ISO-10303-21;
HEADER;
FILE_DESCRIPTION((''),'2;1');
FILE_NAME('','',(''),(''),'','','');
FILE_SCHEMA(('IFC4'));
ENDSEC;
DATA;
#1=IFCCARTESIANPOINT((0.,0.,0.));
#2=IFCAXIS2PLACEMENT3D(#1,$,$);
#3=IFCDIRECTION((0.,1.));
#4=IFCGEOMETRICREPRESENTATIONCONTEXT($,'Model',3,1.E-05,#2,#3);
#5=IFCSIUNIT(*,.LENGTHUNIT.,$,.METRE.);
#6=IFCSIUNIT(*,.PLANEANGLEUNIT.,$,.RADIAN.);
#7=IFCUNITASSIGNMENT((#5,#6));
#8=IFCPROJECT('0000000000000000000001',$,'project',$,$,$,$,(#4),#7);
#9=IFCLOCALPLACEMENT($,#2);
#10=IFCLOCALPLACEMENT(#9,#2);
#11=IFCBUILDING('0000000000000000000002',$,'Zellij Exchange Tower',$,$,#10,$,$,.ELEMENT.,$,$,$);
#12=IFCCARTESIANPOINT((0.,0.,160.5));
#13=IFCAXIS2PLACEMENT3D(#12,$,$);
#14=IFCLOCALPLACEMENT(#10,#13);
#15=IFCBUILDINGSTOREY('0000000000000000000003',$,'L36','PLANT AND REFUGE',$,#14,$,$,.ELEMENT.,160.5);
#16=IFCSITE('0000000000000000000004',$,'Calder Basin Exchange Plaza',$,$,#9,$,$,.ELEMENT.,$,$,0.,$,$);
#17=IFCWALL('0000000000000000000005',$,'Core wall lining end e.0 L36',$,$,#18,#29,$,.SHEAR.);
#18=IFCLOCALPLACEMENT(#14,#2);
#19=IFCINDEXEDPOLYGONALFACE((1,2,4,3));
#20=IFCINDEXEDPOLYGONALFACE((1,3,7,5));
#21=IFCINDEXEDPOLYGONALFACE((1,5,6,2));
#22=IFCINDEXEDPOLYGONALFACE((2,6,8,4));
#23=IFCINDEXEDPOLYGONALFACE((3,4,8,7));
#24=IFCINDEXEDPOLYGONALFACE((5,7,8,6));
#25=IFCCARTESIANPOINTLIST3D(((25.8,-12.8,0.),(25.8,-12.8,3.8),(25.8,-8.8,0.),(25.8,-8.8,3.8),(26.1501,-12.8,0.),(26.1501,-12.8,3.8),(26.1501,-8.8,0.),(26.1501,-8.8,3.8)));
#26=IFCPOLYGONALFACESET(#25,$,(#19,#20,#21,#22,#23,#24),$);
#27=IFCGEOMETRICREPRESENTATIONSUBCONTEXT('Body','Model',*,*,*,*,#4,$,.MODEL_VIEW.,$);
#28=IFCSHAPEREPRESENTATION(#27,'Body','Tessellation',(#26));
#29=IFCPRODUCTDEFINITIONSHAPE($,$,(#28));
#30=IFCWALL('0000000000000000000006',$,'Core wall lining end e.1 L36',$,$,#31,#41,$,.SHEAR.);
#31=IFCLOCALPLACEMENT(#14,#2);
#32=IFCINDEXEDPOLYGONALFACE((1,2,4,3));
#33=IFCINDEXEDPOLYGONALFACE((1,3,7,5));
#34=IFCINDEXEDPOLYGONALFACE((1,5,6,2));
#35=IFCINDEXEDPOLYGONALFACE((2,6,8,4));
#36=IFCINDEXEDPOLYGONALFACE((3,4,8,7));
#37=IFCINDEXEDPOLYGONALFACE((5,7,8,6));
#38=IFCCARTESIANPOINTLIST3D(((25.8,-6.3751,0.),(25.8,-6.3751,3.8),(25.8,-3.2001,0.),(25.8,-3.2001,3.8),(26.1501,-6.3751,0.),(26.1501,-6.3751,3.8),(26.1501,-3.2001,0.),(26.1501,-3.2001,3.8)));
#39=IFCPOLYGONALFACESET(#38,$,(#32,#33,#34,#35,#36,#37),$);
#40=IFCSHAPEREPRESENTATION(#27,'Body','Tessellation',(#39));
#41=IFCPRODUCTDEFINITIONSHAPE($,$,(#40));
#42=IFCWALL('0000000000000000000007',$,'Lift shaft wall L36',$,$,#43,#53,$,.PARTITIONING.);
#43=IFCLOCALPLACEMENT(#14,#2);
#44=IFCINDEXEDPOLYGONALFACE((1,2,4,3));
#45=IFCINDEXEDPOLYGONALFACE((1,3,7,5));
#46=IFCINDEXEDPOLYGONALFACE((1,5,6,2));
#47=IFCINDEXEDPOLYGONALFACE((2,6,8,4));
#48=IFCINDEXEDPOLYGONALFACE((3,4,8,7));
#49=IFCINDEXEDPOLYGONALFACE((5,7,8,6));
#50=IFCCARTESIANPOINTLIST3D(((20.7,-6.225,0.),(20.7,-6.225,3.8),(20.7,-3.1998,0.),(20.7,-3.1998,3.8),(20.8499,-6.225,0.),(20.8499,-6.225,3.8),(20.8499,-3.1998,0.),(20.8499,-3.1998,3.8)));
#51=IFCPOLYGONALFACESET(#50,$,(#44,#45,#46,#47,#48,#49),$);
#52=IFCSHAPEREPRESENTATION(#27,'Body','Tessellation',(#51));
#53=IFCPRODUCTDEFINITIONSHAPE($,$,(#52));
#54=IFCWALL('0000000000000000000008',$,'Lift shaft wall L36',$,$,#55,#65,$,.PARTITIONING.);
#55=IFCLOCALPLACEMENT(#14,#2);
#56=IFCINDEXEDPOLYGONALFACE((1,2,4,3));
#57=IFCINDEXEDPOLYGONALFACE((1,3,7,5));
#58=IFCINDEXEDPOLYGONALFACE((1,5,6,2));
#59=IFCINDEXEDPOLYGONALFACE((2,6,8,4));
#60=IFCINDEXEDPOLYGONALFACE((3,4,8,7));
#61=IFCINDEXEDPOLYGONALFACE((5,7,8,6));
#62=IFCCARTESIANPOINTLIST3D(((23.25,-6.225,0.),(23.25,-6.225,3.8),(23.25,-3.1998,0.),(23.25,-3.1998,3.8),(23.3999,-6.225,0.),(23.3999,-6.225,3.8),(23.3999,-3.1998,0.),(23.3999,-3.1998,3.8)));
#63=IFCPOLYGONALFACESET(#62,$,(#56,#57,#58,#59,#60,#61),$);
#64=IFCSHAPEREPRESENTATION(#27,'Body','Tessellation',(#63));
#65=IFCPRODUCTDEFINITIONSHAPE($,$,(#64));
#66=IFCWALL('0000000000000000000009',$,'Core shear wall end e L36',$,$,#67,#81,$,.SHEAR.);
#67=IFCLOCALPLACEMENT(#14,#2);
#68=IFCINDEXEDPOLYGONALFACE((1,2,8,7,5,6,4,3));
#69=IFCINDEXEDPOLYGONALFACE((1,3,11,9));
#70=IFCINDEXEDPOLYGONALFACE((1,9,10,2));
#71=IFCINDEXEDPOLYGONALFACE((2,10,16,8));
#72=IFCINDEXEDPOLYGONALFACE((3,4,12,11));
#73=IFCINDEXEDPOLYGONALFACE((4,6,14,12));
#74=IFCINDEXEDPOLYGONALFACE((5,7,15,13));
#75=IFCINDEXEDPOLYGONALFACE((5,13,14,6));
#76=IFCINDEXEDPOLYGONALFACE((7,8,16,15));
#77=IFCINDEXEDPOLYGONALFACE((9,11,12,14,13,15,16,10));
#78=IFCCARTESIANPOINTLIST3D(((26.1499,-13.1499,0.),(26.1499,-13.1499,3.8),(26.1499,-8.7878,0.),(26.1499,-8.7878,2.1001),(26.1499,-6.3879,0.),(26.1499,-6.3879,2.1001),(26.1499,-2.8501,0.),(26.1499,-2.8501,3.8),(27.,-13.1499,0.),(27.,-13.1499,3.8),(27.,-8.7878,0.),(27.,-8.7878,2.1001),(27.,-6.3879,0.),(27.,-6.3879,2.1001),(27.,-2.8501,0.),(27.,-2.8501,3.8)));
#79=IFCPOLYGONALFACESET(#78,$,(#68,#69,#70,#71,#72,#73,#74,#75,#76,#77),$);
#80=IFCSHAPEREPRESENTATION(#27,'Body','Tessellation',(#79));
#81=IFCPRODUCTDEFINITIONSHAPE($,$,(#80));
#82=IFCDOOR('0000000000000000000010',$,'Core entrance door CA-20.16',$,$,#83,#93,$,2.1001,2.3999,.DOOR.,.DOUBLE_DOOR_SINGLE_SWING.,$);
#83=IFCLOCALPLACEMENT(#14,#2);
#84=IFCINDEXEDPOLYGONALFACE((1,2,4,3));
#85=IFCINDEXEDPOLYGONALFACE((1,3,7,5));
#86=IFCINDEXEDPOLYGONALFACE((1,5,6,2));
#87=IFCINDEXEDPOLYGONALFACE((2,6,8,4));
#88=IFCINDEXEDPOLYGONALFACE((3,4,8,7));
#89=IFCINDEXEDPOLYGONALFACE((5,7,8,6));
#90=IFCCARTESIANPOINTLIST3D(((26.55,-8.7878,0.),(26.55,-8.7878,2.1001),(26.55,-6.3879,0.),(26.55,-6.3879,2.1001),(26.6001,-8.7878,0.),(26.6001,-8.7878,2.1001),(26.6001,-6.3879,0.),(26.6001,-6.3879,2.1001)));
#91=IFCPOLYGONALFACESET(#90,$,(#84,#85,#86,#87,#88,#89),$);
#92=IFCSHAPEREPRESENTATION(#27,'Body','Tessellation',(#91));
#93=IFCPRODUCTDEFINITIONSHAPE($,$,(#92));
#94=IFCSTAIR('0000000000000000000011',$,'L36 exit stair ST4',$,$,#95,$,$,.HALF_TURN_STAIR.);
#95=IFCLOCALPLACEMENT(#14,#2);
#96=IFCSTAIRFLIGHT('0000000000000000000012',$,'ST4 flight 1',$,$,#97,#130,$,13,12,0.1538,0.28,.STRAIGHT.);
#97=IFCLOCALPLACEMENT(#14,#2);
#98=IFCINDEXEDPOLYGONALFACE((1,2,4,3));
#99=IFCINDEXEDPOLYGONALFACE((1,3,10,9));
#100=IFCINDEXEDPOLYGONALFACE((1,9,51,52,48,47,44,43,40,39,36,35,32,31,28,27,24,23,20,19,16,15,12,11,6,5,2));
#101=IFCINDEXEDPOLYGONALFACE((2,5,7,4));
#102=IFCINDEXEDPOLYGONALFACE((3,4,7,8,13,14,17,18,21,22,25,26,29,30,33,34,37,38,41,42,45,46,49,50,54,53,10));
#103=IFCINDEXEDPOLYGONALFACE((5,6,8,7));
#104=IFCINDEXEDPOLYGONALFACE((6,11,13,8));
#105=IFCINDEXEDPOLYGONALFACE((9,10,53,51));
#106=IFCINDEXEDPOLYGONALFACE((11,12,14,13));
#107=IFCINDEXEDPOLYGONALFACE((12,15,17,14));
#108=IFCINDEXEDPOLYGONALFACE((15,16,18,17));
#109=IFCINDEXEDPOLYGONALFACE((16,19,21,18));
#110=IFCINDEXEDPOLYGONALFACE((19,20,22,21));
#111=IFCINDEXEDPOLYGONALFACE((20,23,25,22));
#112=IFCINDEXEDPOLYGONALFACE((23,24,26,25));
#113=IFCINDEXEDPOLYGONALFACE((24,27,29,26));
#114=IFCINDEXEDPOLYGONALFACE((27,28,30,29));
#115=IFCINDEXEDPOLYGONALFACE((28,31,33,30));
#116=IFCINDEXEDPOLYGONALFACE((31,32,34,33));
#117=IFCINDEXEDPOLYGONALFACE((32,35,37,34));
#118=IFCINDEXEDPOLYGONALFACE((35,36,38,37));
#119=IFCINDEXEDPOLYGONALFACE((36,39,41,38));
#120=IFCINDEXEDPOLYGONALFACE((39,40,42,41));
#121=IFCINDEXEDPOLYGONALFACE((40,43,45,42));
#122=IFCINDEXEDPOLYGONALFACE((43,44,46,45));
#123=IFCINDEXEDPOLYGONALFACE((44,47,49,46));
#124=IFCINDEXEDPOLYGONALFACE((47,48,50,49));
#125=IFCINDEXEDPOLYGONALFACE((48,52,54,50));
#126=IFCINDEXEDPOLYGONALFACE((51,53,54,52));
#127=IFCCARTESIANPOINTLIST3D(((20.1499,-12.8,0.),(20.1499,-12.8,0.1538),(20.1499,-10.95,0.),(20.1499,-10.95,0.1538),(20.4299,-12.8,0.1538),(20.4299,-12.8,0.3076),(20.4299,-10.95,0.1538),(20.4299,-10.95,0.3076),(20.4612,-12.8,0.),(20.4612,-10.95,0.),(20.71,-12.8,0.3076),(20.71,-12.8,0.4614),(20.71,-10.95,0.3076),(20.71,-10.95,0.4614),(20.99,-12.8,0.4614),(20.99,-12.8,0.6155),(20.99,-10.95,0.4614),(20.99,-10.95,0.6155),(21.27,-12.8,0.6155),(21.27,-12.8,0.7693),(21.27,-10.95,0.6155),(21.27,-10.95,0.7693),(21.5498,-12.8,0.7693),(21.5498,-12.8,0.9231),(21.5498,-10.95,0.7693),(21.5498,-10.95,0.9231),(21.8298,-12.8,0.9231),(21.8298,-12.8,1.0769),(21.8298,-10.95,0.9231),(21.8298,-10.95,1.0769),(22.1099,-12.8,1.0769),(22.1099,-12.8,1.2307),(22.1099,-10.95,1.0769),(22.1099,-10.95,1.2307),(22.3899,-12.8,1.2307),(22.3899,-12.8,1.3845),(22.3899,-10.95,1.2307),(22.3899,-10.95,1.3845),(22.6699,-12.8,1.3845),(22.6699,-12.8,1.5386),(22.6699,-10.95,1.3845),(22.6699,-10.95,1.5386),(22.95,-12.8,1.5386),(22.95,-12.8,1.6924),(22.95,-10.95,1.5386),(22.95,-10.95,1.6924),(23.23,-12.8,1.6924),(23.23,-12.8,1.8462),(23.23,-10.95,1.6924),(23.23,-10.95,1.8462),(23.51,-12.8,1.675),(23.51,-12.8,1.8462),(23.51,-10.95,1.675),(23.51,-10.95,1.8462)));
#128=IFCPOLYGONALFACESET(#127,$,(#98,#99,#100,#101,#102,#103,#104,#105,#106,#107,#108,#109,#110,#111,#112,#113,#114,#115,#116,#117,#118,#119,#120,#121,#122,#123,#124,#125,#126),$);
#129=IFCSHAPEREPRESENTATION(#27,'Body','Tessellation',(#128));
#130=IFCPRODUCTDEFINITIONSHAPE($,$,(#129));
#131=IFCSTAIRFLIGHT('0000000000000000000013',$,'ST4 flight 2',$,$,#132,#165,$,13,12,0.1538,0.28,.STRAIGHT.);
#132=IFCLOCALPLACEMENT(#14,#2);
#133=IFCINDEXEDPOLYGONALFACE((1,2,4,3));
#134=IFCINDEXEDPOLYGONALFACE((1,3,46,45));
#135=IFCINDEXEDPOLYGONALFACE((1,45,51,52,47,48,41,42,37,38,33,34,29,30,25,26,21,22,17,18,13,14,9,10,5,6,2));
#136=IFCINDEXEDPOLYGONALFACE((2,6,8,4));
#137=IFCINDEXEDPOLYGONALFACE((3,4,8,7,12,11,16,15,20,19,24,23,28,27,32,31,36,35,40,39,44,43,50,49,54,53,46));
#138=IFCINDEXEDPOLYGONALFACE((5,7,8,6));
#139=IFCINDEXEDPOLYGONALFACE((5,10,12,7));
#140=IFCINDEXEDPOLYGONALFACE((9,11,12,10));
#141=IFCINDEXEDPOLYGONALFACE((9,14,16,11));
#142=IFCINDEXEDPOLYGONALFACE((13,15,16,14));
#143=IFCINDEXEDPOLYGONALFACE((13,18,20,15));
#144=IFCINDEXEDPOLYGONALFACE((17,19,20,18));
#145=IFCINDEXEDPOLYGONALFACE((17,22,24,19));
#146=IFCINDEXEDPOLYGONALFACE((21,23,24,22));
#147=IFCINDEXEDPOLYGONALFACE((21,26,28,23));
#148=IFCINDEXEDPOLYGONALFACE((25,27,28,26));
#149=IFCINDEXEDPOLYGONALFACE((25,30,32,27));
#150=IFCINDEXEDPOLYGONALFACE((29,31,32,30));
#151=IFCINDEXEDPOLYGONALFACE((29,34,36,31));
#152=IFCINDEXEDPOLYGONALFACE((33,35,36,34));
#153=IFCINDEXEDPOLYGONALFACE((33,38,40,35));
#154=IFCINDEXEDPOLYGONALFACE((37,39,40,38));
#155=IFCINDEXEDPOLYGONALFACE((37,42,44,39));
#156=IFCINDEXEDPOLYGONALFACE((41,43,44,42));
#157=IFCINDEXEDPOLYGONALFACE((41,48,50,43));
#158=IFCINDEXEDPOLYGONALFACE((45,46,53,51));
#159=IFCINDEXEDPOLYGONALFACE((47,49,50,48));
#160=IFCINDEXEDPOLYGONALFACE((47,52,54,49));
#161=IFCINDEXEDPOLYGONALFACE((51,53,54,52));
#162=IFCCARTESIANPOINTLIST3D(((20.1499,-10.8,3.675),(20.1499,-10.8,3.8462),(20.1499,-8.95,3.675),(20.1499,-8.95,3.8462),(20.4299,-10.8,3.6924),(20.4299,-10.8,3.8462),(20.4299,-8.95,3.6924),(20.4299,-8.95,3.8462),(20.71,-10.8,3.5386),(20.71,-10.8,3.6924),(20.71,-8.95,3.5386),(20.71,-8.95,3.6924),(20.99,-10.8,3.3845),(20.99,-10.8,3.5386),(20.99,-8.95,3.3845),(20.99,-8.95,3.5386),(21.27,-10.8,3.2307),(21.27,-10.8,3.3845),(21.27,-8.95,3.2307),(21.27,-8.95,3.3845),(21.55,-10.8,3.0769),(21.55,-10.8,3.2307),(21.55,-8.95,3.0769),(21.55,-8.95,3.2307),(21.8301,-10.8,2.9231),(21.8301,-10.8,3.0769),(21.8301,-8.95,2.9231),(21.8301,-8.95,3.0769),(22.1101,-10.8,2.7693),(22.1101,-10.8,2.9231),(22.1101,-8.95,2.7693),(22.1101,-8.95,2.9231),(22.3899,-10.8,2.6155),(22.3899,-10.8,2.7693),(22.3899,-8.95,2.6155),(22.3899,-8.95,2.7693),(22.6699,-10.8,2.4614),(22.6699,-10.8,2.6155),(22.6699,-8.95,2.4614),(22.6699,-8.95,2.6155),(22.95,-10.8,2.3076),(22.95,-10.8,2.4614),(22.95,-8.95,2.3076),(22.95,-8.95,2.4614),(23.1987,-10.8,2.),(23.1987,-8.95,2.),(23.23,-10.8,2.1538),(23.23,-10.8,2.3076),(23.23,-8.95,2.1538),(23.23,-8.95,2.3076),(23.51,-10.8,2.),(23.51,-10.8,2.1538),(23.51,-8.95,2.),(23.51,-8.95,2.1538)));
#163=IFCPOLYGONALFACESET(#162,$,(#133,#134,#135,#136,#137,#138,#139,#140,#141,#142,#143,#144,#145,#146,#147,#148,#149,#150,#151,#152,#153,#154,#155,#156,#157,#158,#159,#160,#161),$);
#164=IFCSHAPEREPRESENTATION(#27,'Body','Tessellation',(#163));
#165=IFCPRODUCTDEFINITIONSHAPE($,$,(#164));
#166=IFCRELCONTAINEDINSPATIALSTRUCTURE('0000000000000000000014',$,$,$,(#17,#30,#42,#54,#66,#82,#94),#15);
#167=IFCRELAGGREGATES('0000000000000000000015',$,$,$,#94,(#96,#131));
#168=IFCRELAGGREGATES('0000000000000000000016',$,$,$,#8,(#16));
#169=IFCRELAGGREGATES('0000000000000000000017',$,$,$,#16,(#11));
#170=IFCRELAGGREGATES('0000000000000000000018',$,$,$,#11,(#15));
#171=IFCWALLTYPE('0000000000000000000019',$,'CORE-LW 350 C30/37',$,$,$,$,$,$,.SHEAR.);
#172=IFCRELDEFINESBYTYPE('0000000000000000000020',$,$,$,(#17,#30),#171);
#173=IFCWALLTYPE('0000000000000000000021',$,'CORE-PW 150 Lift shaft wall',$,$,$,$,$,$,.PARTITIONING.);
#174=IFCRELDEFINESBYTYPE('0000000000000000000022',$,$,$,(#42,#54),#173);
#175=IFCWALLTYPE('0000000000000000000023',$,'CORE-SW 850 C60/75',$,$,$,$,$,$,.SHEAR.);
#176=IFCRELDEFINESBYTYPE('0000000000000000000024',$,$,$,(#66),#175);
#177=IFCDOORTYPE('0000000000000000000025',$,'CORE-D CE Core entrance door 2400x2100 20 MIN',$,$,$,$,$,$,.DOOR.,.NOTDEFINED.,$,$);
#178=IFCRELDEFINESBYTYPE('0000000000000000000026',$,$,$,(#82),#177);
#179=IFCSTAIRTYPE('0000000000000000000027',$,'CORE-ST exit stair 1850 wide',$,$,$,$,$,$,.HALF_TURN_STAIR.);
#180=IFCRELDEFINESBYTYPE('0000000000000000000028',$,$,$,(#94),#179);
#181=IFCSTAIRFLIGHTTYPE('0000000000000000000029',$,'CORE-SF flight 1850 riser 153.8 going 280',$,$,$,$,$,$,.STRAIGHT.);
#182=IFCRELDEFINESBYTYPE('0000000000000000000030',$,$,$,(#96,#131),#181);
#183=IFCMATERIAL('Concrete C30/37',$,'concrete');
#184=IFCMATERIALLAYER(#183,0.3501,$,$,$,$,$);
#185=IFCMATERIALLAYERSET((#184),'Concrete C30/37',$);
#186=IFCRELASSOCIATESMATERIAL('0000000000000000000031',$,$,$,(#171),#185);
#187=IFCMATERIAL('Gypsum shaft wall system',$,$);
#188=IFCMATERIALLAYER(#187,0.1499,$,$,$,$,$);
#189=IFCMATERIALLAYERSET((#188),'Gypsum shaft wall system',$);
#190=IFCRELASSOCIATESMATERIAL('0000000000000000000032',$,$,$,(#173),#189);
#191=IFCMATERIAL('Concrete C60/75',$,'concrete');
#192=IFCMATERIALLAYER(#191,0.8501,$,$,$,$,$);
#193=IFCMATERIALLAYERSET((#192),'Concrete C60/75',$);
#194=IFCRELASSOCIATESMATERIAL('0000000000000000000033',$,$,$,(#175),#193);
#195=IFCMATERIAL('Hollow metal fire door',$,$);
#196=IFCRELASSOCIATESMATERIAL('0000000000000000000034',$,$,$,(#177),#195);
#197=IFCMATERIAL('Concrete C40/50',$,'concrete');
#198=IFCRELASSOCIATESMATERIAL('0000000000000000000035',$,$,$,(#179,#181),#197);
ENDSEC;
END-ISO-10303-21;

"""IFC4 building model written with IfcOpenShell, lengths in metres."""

from ifc_helpers import new_model, si_unit, direction, frame, frame_2d, origin, place, context, subcontext, project, spatial, polyline, rectangle, outline, extrude, material, layer, layer_set, type_object, element, fill, aggregate, save


model = new_model("IFC4")

# Units and contexts
model_context = context("Model", 3, precision=1e-05, world=origin(), true_north=direction((0.0, 1.0)))
body_context = subcontext(model_context, "Body", "Model", "MODEL_VIEW")
ifc_project = project(units=[si_unit("LENGTHUNIT", "METRE"), si_unit("PLANEANGLEUNIT", "RADIAN")], contexts=[model_context])

# Site, building, storey
site_placement = place(None, origin())
site = spatial("IfcSite", under=ifc_project, at=site_placement, Name="Calder Basin Exchange Plaza", CompositionType="ELEMENT", RefElevation=0.0)
building_placement = place(site_placement, origin())
building = spatial("IfcBuilding", under=site, at=building_placement, Name="Zellij Exchange Tower", CompositionType="ELEMENT")
storey_placement = place(building_placement, frame((0.0, 0.0, 160.5)))
storey = spatial("IfcBuildingStorey", under=building, at=storey_placement, Name="L36", Description="PLANT AND REFUGE", CompositionType="ELEMENT", Elevation=160.5)

# Walls
ifc_material_1 = material(Name="Concrete C30/37", Category="concrete")
ifc_layer_1 = layer(ifc_material_1, 0.3501)
ifc_layer_set_1 = layer_set([ifc_layer_1], Name="Concrete C30/37")
wall_type_1 = type_object("IfcWallType", Name="CORE-LW 350 C30/37", PredefinedType="SHEAR", material=ifc_layer_set_1)
wall_1_placement = place(storey_placement, frame((25.9751, -12.8, 0.0), z_axis=(0.0, 0.0, 1.0), x_axis=(0.0, 1.0, 0.0)))
element("IfcWall", 1, at=wall_1_placement, inside=storey, type_object=wall_type_1, Name="Core wall lining end e.0 L36", PredefinedType="SHEAR", context=body_context, shape_type="SweptSolid", body=[
    extrude(rectangle(XDim=4.0, YDim=0.3501, at=frame_2d((2.0, 0.0))), origin(), (0.0, 0.0, 1.0), 3.8),
])
wall_2_placement = place(storey_placement, frame((25.9751, -6.375, 0.0), z_axis=(0.0, 0.0, 1.0), x_axis=(0.0, 1.0, 0.0)))
element("IfcWall", 2, at=wall_2_placement, inside=storey, type_object=wall_type_1, Name="Core wall lining end e.1 L36", PredefinedType="SHEAR", context=body_context, shape_type="SweptSolid", body=[
    extrude(rectangle(XDim=3.175, YDim=0.3501, at=frame_2d((1.5874, 0.0))), origin(), (0.0, 0.0, 1.0), 3.8),
])
ifc_material_2 = material(Name="Gypsum shaft wall system")
ifc_layer_2 = layer(ifc_material_2, 0.1499)
ifc_layer_set_2 = layer_set([ifc_layer_2], Name="Gypsum shaft wall system")
wall_type_2 = type_object("IfcWallType", Name="CORE-PW 150 Lift shaft wall", PredefinedType="PARTITIONING", material=ifc_layer_set_2)
for number, where, z_axis, x_axis, name in (
    (3, (20.7749, -6.2251, 0.0), (0.0, 0.0, 1.0), (0.0, 1.0, 0.0), "Lift shaft wall L36"),
    (4, (23.325, -6.2251, 0.0), (0.0, 0.0, 1.0), (0.0, 1.0, 0.0), "Lift shaft wall L36"),
):
    element("IfcWall", number, at=place(storey_placement, frame(where, z_axis=z_axis, x_axis=x_axis)), inside=storey, type_object=wall_type_2, Name=name, PredefinedType="PARTITIONING", context=body_context, shape_type="SweptSolid", body=[
        extrude(rectangle(XDim=3.0251, YDim=0.1499, at=frame_2d((1.5127, 0.0))), origin(), (0.0, 0.0, 1.0), 3.8),
    ])

# Wall, opening, door
ifc_material_3 = material(Name="Concrete C60/75", Category="concrete")
ifc_layer_3 = layer(ifc_material_3, 0.8501)
ifc_layer_set_3 = layer_set([ifc_layer_3], Name="Concrete C60/75")
wall_type_3 = type_object("IfcWallType", Name="CORE-SW 850 C60/75", PredefinedType="SHEAR", material=ifc_layer_set_3)
wall_3_placement = place(storey_placement, frame((26.575, -13.1499, 0.0), z_axis=(0.0, 0.0, 1.0), x_axis=(0.0, 1.0, 0.0)))
wall_3 = element("IfcWall", 5, at=wall_3_placement, inside=storey, type_object=wall_type_3, Name="Core shear wall end e L36", PredefinedType="SHEAR", context=body_context, shape_type="SweptSolid", body=[
    extrude(rectangle(XDim=10.2998, YDim=0.8501, at=frame_2d((5.1499, 0.0))), origin(), (0.0, 0.0, 1.0), 3.8),
])
opening_placement = place(wall_3_placement, frame((4.3621, 0.0, 0.0)))
opening = element("IfcOpeningElement", 6, at=opening_placement, cuts=wall_3, PredefinedType="OPENING", context=body_context, shape_type="SweptSolid", body=[
    extrude(rectangle(XDim=2.3999, YDim=2.1001, at=frame_2d((1.2, 1.05))), frame((0.0, 0.437, 0.0), z_axis=(0.0, -1.0, 0.0), x_axis=(1.0, 0.0, 0.0)), (0.0, 0.0, 1.0), 0.874),
])
ifc_material_4 = material(Name="Hollow metal fire door")
door_type = type_object("IfcDoorType", Name="CORE-D CE Core entrance door 2400x2100 20 MIN", OperationType="NOTDEFINED", PredefinedType="DOOR", material=ifc_material_4)
door_placement = place(opening_placement, origin())
door = element("IfcDoor", 7, at=door_placement, inside=storey, type_object=door_type, Name="Core entrance door CA-20.16", OperationType="DOUBLE_DOOR_SINGLE_SWING", OverallHeight=2.1001, OverallWidth=2.3999, PredefinedType="DOOR", context=body_context, shape_type="SweptSolid", body=[
    extrude(rectangle(XDim=2.3999, YDim=2.1001, at=frame_2d((1.2, 1.05))), frame((0.0, 0.0249, 0.0), z_axis=(0.0, -1.0, 0.0), x_axis=(1.0, 0.0, 0.0)), (0.0, 0.0, 1.0), 0.05),
])
fill(opening, door)

# Stair, stair flights
ifc_material_5 = material(Name="Concrete C40/50", Category="concrete")
stair_type = type_object("IfcStairType", Name="CORE-ST exit stair 1850 wide", PredefinedType="HALF_TURN_STAIR", material=ifc_material_5)
stair_placement = place(storey_placement, origin())
stair = element("IfcStair", 8, at=stair_placement, inside=storey, type_object=stair_type, Name="L36 exit stair ST4", PredefinedType="HALF_TURN_STAIR")
stair_flight_type = type_object("IfcStairFlightType", Name="CORE-SF flight 1850 riser 153.8 going 280", PredefinedType="STRAIGHT", material=ifc_material_5)
stair_flight_1_placement = place(storey_placement, frame((20.1499, -11.875, 0.0), z_axis=(0.0, 0.0, 1.0), x_axis=(1.0, 0.0, 0.0)))
stair_flight_1 = element("IfcStairFlight", 9, at=stair_flight_1_placement, type_object=stair_flight_type, Name="ST4 flight 1", NumberOfRisers=13, NumberOfTreads=12, PredefinedType="STRAIGHT", RiserHeight=0.1538, TreadLength=0.28, context=body_context, shape_type="SweptSolid", body=[
    extrude(outline(polyline([(0.0, 0.0), (0.0, 0.1538), (0.28, 0.1538), (0.28, 0.3076), (0.5601, 0.3076), (0.5601, 0.4614), (0.8401, 0.4614), (0.8401, 0.6155), (1.1201, 0.6155), (1.1201, 0.7693), (1.3999, 0.7693), (1.3999, 0.9231), (1.6799, 0.9231), (1.6799, 1.0769), (1.96, 1.0769), (1.96, 1.2307), (2.24, 1.2307), (2.24, 1.3845), (2.52, 1.3845), (2.52, 1.5386), (2.8, 1.5386), (2.8, 1.6924), (3.0801, 1.6924), (3.0801, 1.8462), (3.3601, 1.8462), (3.3601, 2.0), (3.3601, 1.675), (0.3113, 0.0), (0.0, 0.0)])), frame((0.0, 0.925, 0.0), z_axis=(0.0, -1.0, 0.0), x_axis=(1.0, 0.0, 0.0)), (0.0, 0.0, 1.0), 1.8501),
])
stair_flight_2_placement = place(storey_placement, frame((23.51, -9.875, 2.0), z_axis=(0.0, 0.0, 1.0), x_axis=(-1.0, 0.0, 0.0)))
stair_flight_2 = element("IfcStairFlight", 10, at=stair_flight_2_placement, type_object=stair_flight_type, Name="ST4 flight 2", NumberOfRisers=13, NumberOfTreads=12, PredefinedType="STRAIGHT", RiserHeight=0.1538, TreadLength=0.28, context=body_context, shape_type="SweptSolid", body=[
    extrude(outline(polyline([(0.0, 0.0), (0.0, 0.1538), (0.28, 0.1538), (0.28, 0.3076), (0.5601, 0.3076), (0.5601, 0.4614), (0.8401, 0.4614), (0.8401, 0.6155), (1.1201, 0.6155), (1.1201, 0.7693), (1.3999, 0.7693), (1.3999, 0.9231), (1.6799, 0.9231), (1.6799, 1.0769), (1.96, 1.0769), (1.96, 1.2307), (2.24, 1.2307), (2.24, 1.3845), (2.52, 1.3845), (2.52, 1.5386), (2.8, 1.5386), (2.8, 1.6924), (3.0801, 1.6924), (3.0801, 1.8462), (3.3601, 1.8462), (3.3601, 2.0), (3.3601, 1.675), (0.3113, 0.0), (0.0, 0.0)])), frame((0.0, 0.925, 0.0), z_axis=(0.0, -1.0, 0.0), x_axis=(1.0, 0.0, 0.0)), (0.0, 0.0, 1.0), 1.8501),
])
aggregate(stair, [stair_flight_1, stair_flight_2])

save(model, "model.ifc")
